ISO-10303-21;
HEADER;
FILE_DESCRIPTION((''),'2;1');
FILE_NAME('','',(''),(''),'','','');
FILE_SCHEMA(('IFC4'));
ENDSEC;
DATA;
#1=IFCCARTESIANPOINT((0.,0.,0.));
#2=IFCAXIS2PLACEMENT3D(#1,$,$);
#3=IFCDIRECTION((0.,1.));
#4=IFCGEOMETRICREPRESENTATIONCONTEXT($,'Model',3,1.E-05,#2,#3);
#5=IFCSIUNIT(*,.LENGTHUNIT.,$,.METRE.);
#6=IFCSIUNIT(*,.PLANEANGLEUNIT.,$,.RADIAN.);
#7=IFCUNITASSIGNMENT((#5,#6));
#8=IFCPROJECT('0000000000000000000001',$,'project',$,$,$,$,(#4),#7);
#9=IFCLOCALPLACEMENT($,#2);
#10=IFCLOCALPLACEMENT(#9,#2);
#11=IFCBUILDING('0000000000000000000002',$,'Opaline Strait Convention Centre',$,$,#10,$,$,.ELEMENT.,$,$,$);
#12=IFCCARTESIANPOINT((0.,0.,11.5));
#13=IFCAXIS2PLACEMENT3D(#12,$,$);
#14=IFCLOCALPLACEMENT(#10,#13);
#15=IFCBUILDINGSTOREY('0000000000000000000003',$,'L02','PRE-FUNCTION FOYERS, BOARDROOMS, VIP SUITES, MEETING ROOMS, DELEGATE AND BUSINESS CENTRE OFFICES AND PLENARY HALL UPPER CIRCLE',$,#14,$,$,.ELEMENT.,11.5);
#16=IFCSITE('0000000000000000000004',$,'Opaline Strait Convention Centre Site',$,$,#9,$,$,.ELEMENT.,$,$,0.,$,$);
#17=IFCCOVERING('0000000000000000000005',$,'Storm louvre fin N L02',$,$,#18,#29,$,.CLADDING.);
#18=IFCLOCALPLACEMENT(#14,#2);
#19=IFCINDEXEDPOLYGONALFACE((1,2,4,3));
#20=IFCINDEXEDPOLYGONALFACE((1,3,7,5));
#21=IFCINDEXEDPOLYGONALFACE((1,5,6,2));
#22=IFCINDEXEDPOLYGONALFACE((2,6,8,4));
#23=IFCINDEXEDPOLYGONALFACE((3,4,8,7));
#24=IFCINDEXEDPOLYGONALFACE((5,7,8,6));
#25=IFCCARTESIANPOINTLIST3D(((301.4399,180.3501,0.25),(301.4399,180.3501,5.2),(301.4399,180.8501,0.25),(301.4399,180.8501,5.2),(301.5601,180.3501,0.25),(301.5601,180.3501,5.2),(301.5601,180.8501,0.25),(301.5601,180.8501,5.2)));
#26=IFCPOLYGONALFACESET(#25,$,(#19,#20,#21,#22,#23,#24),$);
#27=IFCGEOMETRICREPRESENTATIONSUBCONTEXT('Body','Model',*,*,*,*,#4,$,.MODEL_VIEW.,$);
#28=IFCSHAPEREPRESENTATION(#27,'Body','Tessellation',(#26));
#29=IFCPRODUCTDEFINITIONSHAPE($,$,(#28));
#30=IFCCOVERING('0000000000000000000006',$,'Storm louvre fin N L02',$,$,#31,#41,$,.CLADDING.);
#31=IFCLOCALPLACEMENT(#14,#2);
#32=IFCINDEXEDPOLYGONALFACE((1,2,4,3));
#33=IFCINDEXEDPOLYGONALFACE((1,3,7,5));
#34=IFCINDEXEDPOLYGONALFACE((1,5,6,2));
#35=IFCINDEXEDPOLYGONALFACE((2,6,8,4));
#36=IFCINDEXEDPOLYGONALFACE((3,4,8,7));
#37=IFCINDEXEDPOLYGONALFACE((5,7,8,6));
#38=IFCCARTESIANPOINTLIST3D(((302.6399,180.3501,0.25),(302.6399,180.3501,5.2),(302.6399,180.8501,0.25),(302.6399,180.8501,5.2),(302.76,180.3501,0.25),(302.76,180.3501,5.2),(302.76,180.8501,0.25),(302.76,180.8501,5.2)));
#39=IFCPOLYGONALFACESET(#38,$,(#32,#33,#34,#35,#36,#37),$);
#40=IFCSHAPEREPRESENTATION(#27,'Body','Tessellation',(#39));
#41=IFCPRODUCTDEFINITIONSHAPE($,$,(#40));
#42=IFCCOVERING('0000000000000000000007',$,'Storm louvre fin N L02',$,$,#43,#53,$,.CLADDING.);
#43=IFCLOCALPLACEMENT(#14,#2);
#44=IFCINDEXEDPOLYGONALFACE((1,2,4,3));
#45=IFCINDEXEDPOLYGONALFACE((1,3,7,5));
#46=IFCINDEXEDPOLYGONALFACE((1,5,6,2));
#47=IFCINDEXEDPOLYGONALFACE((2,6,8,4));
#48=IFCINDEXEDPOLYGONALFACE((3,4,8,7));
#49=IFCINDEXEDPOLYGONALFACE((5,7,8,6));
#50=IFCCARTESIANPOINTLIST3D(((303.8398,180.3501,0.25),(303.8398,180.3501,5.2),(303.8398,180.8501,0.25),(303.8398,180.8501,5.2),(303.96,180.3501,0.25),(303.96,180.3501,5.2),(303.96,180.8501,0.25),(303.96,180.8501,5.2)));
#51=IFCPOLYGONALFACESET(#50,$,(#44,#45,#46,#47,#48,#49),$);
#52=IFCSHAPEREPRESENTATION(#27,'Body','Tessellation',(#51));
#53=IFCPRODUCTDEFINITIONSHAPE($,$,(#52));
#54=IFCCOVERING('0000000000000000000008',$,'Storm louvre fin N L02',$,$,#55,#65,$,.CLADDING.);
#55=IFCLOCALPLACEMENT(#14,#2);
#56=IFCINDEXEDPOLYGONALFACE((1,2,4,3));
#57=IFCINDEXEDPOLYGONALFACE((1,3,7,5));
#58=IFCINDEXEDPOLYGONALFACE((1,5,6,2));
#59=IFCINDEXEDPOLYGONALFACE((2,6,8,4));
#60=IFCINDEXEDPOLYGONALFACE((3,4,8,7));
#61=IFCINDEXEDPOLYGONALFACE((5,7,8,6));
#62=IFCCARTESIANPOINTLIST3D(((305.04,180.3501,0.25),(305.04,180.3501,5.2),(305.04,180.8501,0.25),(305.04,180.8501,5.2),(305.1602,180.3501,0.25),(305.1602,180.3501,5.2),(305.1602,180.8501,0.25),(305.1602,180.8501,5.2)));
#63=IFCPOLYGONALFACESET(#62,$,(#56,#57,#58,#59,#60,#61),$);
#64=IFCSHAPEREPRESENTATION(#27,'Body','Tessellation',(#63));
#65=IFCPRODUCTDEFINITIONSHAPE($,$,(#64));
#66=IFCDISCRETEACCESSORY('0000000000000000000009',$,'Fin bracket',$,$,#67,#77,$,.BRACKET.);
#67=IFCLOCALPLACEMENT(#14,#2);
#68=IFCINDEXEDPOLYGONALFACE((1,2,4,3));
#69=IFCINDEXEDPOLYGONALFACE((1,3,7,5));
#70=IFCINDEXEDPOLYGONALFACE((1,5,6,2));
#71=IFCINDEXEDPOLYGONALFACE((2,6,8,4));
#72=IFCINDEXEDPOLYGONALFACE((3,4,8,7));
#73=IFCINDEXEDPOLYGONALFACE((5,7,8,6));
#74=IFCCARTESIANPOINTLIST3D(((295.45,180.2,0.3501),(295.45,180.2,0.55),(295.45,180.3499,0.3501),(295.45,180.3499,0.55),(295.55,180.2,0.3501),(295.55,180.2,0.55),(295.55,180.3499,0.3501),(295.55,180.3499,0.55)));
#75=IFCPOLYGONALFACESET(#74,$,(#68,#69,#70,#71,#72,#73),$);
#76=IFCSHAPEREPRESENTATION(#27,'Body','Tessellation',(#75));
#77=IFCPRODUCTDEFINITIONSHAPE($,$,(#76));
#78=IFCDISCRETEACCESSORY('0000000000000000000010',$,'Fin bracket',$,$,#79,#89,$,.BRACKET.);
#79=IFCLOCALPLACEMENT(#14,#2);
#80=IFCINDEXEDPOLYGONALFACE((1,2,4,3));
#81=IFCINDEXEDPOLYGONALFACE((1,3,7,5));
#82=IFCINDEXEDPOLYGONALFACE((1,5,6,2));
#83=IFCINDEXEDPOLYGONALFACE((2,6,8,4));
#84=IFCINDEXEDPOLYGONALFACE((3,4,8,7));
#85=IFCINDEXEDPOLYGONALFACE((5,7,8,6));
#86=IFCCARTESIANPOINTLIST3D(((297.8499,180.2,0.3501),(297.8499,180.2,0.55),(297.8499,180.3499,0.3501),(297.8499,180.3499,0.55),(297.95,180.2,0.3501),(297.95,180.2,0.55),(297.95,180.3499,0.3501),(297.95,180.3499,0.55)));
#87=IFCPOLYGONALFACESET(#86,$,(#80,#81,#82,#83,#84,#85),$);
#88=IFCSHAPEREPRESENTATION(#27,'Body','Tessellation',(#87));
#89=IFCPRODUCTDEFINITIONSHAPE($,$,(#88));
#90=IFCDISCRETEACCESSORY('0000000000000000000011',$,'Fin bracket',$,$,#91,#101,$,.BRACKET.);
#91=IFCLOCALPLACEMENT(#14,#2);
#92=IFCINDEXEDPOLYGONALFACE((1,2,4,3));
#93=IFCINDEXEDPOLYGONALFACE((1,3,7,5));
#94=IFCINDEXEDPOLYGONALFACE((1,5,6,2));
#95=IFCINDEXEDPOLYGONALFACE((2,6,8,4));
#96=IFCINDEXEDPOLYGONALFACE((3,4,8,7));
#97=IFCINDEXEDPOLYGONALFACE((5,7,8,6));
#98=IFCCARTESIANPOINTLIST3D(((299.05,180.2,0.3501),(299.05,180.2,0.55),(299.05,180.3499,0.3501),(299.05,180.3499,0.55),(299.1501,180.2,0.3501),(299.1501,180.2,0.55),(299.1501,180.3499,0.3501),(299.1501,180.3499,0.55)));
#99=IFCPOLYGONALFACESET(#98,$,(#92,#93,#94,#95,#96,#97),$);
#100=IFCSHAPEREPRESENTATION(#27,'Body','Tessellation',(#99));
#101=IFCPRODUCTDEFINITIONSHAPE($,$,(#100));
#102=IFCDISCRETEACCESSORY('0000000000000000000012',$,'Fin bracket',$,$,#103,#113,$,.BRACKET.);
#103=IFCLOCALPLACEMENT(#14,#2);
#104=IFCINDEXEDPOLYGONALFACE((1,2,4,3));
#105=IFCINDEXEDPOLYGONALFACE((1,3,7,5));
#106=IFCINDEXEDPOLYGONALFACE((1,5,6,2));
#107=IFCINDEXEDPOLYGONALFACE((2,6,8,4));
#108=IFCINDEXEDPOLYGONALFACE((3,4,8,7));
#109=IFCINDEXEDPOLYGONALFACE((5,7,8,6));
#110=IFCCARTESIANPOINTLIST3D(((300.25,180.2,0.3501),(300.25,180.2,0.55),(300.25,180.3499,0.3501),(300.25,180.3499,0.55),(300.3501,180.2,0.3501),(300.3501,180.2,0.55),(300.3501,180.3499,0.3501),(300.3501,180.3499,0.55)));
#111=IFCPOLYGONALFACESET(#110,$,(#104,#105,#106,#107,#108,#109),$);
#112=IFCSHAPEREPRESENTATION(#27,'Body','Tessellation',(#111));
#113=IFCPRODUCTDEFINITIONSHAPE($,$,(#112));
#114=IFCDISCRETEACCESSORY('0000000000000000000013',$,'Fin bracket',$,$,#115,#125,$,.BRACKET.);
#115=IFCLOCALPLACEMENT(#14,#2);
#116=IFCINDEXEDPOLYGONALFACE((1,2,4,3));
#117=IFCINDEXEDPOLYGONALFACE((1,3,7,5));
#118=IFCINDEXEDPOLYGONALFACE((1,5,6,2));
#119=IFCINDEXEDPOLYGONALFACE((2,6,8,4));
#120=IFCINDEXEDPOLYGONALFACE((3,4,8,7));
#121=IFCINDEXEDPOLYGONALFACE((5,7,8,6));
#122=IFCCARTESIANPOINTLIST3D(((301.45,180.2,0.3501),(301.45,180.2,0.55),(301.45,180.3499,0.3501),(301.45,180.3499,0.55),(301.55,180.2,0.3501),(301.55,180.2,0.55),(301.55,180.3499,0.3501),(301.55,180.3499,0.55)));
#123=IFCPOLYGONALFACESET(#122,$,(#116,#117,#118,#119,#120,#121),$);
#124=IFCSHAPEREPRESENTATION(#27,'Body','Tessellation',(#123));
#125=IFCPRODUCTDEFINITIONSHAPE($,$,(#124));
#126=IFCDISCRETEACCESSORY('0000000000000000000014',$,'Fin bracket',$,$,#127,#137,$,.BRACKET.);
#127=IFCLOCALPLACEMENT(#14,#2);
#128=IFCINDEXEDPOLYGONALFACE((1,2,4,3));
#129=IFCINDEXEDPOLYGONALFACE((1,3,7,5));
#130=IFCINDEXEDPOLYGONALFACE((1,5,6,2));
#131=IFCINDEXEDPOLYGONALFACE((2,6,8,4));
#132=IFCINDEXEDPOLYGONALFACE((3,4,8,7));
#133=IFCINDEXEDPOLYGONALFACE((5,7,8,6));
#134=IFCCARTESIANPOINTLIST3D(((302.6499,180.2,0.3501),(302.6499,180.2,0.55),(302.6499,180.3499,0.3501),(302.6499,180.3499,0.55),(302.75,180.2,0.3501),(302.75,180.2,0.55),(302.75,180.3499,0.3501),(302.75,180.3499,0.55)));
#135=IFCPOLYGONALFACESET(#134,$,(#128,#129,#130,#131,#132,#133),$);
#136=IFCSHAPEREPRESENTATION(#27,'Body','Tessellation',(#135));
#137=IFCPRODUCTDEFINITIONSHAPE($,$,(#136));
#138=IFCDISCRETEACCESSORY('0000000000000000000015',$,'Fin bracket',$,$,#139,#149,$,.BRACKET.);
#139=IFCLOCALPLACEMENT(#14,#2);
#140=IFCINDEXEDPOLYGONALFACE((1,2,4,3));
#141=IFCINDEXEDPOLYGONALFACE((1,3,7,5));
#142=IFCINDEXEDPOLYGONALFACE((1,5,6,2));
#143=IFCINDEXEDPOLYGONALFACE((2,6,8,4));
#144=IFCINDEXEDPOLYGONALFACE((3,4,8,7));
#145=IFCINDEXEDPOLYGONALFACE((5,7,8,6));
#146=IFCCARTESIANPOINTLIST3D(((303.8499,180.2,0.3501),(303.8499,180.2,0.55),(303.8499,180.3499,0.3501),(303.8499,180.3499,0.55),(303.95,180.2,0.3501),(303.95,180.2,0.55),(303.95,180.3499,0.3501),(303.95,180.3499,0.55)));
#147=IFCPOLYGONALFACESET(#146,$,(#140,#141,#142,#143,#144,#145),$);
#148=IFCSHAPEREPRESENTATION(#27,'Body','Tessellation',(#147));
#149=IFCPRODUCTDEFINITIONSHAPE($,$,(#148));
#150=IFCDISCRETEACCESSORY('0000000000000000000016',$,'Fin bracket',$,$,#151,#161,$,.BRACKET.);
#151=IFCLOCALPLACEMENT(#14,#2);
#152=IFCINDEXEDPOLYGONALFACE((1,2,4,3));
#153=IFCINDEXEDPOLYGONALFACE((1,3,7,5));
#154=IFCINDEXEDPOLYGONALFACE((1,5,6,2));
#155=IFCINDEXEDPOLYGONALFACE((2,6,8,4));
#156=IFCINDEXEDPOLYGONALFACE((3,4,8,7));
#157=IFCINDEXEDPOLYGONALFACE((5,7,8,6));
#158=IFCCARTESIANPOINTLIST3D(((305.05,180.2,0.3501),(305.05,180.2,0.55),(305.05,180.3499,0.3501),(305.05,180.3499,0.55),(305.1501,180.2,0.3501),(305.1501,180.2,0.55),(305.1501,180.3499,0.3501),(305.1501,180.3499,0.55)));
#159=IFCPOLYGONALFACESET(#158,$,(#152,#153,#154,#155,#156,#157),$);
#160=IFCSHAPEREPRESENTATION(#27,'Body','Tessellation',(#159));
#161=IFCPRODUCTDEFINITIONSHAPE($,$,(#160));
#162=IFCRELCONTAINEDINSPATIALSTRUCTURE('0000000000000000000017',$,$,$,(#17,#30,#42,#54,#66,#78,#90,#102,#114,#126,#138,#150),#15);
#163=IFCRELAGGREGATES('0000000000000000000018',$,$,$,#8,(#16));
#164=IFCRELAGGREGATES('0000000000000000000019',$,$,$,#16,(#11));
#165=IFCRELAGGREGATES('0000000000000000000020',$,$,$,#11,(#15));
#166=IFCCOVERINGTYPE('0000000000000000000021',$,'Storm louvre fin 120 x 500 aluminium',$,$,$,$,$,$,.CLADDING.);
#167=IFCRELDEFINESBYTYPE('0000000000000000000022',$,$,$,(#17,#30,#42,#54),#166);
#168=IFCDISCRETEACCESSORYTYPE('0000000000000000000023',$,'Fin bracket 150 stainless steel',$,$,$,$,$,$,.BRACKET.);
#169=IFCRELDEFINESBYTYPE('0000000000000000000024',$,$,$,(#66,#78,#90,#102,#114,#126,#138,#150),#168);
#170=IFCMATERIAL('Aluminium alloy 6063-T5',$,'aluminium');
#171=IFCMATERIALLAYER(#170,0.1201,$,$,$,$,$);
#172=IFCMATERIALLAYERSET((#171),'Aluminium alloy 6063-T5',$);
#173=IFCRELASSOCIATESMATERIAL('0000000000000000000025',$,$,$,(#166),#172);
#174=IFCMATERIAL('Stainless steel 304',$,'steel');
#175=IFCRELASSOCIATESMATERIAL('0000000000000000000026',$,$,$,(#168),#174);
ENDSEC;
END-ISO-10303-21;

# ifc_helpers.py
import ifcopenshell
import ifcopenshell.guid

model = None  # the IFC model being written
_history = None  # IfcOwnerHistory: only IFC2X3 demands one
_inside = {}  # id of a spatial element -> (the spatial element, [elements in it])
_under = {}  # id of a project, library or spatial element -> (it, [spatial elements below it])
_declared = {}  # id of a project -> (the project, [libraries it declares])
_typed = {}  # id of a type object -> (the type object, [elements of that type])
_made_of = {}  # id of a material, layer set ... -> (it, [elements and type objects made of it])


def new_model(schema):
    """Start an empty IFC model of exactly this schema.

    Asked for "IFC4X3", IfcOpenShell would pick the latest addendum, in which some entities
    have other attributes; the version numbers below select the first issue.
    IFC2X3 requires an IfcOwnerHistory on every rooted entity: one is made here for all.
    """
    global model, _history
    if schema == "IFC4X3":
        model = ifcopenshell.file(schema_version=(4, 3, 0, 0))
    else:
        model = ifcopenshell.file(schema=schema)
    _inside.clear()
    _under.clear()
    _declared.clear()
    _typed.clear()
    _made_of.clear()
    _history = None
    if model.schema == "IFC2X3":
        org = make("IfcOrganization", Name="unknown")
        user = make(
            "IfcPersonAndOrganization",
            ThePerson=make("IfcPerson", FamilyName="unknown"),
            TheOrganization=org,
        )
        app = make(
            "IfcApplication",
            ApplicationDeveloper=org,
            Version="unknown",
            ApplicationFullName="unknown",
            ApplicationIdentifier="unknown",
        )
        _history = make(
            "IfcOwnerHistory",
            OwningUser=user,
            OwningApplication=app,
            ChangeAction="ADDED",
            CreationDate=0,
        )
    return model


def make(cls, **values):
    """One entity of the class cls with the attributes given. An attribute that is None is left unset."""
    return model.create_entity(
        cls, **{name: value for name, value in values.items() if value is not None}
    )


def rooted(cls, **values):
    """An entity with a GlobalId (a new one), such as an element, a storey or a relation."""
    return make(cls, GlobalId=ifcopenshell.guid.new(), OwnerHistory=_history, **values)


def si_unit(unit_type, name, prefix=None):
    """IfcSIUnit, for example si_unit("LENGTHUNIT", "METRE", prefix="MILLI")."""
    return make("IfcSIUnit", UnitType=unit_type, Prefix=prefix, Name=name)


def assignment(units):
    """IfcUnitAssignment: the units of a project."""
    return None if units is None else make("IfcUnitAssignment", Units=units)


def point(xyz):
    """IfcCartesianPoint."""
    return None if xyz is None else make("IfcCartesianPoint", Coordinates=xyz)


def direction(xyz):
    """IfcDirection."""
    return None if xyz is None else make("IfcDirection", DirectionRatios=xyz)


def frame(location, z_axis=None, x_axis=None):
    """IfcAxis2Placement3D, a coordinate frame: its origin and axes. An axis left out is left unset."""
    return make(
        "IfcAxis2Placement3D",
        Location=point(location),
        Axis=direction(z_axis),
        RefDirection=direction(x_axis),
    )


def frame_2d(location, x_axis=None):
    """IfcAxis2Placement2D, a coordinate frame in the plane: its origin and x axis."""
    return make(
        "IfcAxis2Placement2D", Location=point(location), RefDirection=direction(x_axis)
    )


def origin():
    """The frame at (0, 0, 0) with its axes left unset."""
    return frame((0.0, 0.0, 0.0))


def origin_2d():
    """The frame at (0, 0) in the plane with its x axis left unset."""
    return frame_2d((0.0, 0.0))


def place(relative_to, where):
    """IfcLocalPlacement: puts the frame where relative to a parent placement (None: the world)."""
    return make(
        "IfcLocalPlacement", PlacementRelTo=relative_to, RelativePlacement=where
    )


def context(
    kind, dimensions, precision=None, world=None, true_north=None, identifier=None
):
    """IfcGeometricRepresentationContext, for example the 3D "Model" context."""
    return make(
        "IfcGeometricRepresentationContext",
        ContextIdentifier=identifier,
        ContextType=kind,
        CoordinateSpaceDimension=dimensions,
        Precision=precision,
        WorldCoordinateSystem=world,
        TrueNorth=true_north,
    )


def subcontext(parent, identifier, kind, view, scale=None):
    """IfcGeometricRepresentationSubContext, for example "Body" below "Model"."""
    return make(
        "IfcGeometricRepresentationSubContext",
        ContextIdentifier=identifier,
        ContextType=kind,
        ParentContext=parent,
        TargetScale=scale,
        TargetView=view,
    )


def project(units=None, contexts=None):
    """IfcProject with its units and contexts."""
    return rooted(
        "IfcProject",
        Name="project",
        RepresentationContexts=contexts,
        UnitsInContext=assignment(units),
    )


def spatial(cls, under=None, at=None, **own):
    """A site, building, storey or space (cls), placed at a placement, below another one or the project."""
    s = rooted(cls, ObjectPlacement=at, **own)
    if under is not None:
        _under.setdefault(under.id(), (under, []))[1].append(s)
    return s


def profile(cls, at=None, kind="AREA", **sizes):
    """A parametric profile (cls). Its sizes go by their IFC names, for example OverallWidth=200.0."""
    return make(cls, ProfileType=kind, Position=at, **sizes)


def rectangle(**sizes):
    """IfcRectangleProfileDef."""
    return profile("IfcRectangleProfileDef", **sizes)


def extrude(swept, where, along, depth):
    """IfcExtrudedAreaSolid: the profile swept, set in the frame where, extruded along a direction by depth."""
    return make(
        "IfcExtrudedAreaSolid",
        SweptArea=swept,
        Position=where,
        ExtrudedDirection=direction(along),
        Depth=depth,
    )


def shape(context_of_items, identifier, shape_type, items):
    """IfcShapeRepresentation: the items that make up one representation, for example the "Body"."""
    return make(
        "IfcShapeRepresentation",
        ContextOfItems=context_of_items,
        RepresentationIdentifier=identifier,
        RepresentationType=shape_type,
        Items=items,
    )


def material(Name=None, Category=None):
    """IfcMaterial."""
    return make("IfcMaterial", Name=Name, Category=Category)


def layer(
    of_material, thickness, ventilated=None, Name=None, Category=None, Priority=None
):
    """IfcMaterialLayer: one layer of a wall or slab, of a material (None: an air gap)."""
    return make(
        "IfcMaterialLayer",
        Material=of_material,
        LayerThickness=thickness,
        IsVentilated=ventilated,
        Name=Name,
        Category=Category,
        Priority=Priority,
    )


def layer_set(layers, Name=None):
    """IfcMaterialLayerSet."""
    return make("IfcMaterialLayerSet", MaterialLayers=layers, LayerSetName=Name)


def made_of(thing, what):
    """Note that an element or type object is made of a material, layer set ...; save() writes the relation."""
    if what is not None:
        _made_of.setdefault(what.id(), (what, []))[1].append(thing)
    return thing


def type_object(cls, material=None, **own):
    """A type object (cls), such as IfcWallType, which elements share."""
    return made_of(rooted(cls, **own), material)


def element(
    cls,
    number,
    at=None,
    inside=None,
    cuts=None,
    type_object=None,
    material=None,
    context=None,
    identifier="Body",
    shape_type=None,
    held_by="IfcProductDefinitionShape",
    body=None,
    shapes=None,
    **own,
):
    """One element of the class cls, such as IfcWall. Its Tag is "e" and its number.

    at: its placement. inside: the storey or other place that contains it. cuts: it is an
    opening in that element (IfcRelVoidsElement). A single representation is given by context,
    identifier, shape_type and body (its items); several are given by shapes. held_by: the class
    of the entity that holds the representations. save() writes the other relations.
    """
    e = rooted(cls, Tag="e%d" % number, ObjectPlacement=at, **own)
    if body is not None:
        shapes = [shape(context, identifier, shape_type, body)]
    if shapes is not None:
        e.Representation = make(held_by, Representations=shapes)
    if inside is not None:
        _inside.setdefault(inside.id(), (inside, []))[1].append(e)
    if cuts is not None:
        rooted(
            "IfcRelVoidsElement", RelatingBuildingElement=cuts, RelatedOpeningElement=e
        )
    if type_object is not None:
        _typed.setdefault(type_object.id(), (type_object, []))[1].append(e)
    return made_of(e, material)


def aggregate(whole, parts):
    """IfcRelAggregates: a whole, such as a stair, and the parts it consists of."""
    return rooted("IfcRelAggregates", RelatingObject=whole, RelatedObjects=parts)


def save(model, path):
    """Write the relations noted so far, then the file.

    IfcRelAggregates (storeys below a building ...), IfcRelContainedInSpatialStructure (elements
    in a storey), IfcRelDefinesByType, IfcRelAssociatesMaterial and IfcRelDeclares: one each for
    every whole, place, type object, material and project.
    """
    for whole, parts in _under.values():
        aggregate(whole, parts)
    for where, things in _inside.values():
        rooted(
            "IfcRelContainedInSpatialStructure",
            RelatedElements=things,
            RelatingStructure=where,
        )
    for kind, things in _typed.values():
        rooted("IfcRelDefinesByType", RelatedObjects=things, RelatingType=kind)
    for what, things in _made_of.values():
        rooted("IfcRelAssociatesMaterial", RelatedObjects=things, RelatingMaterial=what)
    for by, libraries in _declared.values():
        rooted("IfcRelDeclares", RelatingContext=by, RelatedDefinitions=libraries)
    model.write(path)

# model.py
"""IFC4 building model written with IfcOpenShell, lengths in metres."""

from ifc_helpers import new_model, si_unit, direction, frame, origin, origin_2d, place, context, subcontext, project, spatial, rectangle, extrude, material, layer, layer_set, type_object, element, save


model = new_model("IFC4")

# Units and contexts
model_context = context("Model", 3, precision=1e-05, world=origin(), true_north=direction((0.0, 1.0)))
body_context = subcontext(model_context, "Body", "Model", "MODEL_VIEW")
ifc_project = project(units=[si_unit("LENGTHUNIT", "METRE"), si_unit("PLANEANGLEUNIT", "RADIAN")], contexts=[model_context])

# Site, building, storey
site_placement = place(None, origin())
site = spatial("IfcSite", under=ifc_project, at=site_placement, Name="Opaline Strait Convention Centre Site", CompositionType="ELEMENT", RefElevation=0.0)
building_placement = place(site_placement, origin())
building = spatial("IfcBuilding", under=site, at=building_placement, Name="Opaline Strait Convention Centre", CompositionType="ELEMENT")
storey_placement = place(building_placement, frame((0.0, 0.0, 11.5)))
storey = spatial("IfcBuildingStorey", under=building, at=storey_placement, Name="L02", Description="PRE-FUNCTION FOYERS, BOARDROOMS, VIP SUITES, MEETING ROOMS, DELEGATE AND BUSINESS CENTRE OFFICES AND PLENARY HALL UPPER CIRCLE", CompositionType="ELEMENT", Elevation=11.5)

# Shared definitions
ifc_material_1 = material(Name="Stainless steel 304", Category="steel")

# Coverings
ifc_material_2 = material(Name="Aluminium alloy 6063-T5", Category="aluminium")
ifc_layer_1 = layer(ifc_material_2, 0.1201)
ifc_layer_set_1 = layer_set([ifc_layer_1], Name="Aluminium alloy 6063-T5")
covering_type = type_object("IfcCoveringType", Name="Storm louvre fin 120 x 500 aluminium", PredefinedType="CLADDING", material=ifc_layer_set_1)
for number, where, z_axis, x_axis, name in (
    (1, (301.5, 180.6001, 0.25), (0.0, 0.0, 1.0), (1.0, 0.0, 0.0), "Storm louvre fin N L02"),
    (2, (302.7, 180.6001, 0.25), (0.0, 0.0, 1.0), (1.0, 0.0, 0.0), "Storm louvre fin N L02"),
    (3, (303.8999, 180.6001, 0.25), (0.0, 0.0, 1.0), (1.0, 0.0, 0.0), "Storm louvre fin N L02"),
    (4, (305.1001, 180.6001, 0.25), (0.0, 0.0, 1.0), (1.0, 0.0, 0.0), "Storm louvre fin N L02"),
):
    element("IfcCovering", number, at=place(storey_placement, frame(where, z_axis=z_axis, x_axis=x_axis)), inside=storey, type_object=covering_type, Name=name, PredefinedType="CLADDING", context=body_context, shape_type="SweptSolid", body=[
        extrude(rectangle(XDim=0.1201, YDim=0.5, at=origin_2d()), origin(), (0.0, 0.0, 1.0), 4.95),
    ])

# Discrete accessories
discrete_accessory_type = type_object("IfcDiscreteAccessoryType", Name="Fin bracket 150 stainless steel", PredefinedType="BRACKET", material=ifc_material_1)
for number, where, z_axis, x_axis, name in (
    (5, (295.5, 180.2749, 0.3501), (0.0, 0.0, 1.0), (1.0, 0.0, 0.0), "Fin bracket"),
    (6, (297.8999, 180.2749, 0.3501), (0.0, 0.0, 1.0), (1.0, 0.0, 0.0), "Fin bracket"),
    (7, (299.1001, 180.2749, 0.3501), (0.0, 0.0, 1.0), (1.0, 0.0, 0.0), "Fin bracket"),
    (8, (300.3, 180.2749, 0.3501), (0.0, 0.0, 1.0), (1.0, 0.0, 0.0), "Fin bracket"),
    (9, (301.5, 180.2749, 0.3501), (0.0, 0.0, 1.0), (1.0, 0.0, 0.0), "Fin bracket"),
    (10, (302.7, 180.2749, 0.3501), (0.0, 0.0, 1.0), (1.0, 0.0, 0.0), "Fin bracket"),
    (11, (303.8999, 180.2749, 0.3501), (0.0, 0.0, 1.0), (1.0, 0.0, 0.0), "Fin bracket"),
    (12, (305.1001, 180.2749, 0.3501), (0.0, 0.0, 1.0), (1.0, 0.0, 0.0), "Fin bracket"),
):
    element("IfcDiscreteAccessory", number, at=place(storey_placement, frame(where, z_axis=z_axis, x_axis=x_axis)), inside=storey, type_object=discrete_accessory_type, Name=name, PredefinedType="BRACKET", context=body_context, shape_type="SweptSolid", body=[
        extrude(rectangle(XDim=0.1001, YDim=0.1499, at=origin_2d()), origin(), (0.0, 0.0, 1.0), 0.2),
    ])

save(model, "model.ifc")
